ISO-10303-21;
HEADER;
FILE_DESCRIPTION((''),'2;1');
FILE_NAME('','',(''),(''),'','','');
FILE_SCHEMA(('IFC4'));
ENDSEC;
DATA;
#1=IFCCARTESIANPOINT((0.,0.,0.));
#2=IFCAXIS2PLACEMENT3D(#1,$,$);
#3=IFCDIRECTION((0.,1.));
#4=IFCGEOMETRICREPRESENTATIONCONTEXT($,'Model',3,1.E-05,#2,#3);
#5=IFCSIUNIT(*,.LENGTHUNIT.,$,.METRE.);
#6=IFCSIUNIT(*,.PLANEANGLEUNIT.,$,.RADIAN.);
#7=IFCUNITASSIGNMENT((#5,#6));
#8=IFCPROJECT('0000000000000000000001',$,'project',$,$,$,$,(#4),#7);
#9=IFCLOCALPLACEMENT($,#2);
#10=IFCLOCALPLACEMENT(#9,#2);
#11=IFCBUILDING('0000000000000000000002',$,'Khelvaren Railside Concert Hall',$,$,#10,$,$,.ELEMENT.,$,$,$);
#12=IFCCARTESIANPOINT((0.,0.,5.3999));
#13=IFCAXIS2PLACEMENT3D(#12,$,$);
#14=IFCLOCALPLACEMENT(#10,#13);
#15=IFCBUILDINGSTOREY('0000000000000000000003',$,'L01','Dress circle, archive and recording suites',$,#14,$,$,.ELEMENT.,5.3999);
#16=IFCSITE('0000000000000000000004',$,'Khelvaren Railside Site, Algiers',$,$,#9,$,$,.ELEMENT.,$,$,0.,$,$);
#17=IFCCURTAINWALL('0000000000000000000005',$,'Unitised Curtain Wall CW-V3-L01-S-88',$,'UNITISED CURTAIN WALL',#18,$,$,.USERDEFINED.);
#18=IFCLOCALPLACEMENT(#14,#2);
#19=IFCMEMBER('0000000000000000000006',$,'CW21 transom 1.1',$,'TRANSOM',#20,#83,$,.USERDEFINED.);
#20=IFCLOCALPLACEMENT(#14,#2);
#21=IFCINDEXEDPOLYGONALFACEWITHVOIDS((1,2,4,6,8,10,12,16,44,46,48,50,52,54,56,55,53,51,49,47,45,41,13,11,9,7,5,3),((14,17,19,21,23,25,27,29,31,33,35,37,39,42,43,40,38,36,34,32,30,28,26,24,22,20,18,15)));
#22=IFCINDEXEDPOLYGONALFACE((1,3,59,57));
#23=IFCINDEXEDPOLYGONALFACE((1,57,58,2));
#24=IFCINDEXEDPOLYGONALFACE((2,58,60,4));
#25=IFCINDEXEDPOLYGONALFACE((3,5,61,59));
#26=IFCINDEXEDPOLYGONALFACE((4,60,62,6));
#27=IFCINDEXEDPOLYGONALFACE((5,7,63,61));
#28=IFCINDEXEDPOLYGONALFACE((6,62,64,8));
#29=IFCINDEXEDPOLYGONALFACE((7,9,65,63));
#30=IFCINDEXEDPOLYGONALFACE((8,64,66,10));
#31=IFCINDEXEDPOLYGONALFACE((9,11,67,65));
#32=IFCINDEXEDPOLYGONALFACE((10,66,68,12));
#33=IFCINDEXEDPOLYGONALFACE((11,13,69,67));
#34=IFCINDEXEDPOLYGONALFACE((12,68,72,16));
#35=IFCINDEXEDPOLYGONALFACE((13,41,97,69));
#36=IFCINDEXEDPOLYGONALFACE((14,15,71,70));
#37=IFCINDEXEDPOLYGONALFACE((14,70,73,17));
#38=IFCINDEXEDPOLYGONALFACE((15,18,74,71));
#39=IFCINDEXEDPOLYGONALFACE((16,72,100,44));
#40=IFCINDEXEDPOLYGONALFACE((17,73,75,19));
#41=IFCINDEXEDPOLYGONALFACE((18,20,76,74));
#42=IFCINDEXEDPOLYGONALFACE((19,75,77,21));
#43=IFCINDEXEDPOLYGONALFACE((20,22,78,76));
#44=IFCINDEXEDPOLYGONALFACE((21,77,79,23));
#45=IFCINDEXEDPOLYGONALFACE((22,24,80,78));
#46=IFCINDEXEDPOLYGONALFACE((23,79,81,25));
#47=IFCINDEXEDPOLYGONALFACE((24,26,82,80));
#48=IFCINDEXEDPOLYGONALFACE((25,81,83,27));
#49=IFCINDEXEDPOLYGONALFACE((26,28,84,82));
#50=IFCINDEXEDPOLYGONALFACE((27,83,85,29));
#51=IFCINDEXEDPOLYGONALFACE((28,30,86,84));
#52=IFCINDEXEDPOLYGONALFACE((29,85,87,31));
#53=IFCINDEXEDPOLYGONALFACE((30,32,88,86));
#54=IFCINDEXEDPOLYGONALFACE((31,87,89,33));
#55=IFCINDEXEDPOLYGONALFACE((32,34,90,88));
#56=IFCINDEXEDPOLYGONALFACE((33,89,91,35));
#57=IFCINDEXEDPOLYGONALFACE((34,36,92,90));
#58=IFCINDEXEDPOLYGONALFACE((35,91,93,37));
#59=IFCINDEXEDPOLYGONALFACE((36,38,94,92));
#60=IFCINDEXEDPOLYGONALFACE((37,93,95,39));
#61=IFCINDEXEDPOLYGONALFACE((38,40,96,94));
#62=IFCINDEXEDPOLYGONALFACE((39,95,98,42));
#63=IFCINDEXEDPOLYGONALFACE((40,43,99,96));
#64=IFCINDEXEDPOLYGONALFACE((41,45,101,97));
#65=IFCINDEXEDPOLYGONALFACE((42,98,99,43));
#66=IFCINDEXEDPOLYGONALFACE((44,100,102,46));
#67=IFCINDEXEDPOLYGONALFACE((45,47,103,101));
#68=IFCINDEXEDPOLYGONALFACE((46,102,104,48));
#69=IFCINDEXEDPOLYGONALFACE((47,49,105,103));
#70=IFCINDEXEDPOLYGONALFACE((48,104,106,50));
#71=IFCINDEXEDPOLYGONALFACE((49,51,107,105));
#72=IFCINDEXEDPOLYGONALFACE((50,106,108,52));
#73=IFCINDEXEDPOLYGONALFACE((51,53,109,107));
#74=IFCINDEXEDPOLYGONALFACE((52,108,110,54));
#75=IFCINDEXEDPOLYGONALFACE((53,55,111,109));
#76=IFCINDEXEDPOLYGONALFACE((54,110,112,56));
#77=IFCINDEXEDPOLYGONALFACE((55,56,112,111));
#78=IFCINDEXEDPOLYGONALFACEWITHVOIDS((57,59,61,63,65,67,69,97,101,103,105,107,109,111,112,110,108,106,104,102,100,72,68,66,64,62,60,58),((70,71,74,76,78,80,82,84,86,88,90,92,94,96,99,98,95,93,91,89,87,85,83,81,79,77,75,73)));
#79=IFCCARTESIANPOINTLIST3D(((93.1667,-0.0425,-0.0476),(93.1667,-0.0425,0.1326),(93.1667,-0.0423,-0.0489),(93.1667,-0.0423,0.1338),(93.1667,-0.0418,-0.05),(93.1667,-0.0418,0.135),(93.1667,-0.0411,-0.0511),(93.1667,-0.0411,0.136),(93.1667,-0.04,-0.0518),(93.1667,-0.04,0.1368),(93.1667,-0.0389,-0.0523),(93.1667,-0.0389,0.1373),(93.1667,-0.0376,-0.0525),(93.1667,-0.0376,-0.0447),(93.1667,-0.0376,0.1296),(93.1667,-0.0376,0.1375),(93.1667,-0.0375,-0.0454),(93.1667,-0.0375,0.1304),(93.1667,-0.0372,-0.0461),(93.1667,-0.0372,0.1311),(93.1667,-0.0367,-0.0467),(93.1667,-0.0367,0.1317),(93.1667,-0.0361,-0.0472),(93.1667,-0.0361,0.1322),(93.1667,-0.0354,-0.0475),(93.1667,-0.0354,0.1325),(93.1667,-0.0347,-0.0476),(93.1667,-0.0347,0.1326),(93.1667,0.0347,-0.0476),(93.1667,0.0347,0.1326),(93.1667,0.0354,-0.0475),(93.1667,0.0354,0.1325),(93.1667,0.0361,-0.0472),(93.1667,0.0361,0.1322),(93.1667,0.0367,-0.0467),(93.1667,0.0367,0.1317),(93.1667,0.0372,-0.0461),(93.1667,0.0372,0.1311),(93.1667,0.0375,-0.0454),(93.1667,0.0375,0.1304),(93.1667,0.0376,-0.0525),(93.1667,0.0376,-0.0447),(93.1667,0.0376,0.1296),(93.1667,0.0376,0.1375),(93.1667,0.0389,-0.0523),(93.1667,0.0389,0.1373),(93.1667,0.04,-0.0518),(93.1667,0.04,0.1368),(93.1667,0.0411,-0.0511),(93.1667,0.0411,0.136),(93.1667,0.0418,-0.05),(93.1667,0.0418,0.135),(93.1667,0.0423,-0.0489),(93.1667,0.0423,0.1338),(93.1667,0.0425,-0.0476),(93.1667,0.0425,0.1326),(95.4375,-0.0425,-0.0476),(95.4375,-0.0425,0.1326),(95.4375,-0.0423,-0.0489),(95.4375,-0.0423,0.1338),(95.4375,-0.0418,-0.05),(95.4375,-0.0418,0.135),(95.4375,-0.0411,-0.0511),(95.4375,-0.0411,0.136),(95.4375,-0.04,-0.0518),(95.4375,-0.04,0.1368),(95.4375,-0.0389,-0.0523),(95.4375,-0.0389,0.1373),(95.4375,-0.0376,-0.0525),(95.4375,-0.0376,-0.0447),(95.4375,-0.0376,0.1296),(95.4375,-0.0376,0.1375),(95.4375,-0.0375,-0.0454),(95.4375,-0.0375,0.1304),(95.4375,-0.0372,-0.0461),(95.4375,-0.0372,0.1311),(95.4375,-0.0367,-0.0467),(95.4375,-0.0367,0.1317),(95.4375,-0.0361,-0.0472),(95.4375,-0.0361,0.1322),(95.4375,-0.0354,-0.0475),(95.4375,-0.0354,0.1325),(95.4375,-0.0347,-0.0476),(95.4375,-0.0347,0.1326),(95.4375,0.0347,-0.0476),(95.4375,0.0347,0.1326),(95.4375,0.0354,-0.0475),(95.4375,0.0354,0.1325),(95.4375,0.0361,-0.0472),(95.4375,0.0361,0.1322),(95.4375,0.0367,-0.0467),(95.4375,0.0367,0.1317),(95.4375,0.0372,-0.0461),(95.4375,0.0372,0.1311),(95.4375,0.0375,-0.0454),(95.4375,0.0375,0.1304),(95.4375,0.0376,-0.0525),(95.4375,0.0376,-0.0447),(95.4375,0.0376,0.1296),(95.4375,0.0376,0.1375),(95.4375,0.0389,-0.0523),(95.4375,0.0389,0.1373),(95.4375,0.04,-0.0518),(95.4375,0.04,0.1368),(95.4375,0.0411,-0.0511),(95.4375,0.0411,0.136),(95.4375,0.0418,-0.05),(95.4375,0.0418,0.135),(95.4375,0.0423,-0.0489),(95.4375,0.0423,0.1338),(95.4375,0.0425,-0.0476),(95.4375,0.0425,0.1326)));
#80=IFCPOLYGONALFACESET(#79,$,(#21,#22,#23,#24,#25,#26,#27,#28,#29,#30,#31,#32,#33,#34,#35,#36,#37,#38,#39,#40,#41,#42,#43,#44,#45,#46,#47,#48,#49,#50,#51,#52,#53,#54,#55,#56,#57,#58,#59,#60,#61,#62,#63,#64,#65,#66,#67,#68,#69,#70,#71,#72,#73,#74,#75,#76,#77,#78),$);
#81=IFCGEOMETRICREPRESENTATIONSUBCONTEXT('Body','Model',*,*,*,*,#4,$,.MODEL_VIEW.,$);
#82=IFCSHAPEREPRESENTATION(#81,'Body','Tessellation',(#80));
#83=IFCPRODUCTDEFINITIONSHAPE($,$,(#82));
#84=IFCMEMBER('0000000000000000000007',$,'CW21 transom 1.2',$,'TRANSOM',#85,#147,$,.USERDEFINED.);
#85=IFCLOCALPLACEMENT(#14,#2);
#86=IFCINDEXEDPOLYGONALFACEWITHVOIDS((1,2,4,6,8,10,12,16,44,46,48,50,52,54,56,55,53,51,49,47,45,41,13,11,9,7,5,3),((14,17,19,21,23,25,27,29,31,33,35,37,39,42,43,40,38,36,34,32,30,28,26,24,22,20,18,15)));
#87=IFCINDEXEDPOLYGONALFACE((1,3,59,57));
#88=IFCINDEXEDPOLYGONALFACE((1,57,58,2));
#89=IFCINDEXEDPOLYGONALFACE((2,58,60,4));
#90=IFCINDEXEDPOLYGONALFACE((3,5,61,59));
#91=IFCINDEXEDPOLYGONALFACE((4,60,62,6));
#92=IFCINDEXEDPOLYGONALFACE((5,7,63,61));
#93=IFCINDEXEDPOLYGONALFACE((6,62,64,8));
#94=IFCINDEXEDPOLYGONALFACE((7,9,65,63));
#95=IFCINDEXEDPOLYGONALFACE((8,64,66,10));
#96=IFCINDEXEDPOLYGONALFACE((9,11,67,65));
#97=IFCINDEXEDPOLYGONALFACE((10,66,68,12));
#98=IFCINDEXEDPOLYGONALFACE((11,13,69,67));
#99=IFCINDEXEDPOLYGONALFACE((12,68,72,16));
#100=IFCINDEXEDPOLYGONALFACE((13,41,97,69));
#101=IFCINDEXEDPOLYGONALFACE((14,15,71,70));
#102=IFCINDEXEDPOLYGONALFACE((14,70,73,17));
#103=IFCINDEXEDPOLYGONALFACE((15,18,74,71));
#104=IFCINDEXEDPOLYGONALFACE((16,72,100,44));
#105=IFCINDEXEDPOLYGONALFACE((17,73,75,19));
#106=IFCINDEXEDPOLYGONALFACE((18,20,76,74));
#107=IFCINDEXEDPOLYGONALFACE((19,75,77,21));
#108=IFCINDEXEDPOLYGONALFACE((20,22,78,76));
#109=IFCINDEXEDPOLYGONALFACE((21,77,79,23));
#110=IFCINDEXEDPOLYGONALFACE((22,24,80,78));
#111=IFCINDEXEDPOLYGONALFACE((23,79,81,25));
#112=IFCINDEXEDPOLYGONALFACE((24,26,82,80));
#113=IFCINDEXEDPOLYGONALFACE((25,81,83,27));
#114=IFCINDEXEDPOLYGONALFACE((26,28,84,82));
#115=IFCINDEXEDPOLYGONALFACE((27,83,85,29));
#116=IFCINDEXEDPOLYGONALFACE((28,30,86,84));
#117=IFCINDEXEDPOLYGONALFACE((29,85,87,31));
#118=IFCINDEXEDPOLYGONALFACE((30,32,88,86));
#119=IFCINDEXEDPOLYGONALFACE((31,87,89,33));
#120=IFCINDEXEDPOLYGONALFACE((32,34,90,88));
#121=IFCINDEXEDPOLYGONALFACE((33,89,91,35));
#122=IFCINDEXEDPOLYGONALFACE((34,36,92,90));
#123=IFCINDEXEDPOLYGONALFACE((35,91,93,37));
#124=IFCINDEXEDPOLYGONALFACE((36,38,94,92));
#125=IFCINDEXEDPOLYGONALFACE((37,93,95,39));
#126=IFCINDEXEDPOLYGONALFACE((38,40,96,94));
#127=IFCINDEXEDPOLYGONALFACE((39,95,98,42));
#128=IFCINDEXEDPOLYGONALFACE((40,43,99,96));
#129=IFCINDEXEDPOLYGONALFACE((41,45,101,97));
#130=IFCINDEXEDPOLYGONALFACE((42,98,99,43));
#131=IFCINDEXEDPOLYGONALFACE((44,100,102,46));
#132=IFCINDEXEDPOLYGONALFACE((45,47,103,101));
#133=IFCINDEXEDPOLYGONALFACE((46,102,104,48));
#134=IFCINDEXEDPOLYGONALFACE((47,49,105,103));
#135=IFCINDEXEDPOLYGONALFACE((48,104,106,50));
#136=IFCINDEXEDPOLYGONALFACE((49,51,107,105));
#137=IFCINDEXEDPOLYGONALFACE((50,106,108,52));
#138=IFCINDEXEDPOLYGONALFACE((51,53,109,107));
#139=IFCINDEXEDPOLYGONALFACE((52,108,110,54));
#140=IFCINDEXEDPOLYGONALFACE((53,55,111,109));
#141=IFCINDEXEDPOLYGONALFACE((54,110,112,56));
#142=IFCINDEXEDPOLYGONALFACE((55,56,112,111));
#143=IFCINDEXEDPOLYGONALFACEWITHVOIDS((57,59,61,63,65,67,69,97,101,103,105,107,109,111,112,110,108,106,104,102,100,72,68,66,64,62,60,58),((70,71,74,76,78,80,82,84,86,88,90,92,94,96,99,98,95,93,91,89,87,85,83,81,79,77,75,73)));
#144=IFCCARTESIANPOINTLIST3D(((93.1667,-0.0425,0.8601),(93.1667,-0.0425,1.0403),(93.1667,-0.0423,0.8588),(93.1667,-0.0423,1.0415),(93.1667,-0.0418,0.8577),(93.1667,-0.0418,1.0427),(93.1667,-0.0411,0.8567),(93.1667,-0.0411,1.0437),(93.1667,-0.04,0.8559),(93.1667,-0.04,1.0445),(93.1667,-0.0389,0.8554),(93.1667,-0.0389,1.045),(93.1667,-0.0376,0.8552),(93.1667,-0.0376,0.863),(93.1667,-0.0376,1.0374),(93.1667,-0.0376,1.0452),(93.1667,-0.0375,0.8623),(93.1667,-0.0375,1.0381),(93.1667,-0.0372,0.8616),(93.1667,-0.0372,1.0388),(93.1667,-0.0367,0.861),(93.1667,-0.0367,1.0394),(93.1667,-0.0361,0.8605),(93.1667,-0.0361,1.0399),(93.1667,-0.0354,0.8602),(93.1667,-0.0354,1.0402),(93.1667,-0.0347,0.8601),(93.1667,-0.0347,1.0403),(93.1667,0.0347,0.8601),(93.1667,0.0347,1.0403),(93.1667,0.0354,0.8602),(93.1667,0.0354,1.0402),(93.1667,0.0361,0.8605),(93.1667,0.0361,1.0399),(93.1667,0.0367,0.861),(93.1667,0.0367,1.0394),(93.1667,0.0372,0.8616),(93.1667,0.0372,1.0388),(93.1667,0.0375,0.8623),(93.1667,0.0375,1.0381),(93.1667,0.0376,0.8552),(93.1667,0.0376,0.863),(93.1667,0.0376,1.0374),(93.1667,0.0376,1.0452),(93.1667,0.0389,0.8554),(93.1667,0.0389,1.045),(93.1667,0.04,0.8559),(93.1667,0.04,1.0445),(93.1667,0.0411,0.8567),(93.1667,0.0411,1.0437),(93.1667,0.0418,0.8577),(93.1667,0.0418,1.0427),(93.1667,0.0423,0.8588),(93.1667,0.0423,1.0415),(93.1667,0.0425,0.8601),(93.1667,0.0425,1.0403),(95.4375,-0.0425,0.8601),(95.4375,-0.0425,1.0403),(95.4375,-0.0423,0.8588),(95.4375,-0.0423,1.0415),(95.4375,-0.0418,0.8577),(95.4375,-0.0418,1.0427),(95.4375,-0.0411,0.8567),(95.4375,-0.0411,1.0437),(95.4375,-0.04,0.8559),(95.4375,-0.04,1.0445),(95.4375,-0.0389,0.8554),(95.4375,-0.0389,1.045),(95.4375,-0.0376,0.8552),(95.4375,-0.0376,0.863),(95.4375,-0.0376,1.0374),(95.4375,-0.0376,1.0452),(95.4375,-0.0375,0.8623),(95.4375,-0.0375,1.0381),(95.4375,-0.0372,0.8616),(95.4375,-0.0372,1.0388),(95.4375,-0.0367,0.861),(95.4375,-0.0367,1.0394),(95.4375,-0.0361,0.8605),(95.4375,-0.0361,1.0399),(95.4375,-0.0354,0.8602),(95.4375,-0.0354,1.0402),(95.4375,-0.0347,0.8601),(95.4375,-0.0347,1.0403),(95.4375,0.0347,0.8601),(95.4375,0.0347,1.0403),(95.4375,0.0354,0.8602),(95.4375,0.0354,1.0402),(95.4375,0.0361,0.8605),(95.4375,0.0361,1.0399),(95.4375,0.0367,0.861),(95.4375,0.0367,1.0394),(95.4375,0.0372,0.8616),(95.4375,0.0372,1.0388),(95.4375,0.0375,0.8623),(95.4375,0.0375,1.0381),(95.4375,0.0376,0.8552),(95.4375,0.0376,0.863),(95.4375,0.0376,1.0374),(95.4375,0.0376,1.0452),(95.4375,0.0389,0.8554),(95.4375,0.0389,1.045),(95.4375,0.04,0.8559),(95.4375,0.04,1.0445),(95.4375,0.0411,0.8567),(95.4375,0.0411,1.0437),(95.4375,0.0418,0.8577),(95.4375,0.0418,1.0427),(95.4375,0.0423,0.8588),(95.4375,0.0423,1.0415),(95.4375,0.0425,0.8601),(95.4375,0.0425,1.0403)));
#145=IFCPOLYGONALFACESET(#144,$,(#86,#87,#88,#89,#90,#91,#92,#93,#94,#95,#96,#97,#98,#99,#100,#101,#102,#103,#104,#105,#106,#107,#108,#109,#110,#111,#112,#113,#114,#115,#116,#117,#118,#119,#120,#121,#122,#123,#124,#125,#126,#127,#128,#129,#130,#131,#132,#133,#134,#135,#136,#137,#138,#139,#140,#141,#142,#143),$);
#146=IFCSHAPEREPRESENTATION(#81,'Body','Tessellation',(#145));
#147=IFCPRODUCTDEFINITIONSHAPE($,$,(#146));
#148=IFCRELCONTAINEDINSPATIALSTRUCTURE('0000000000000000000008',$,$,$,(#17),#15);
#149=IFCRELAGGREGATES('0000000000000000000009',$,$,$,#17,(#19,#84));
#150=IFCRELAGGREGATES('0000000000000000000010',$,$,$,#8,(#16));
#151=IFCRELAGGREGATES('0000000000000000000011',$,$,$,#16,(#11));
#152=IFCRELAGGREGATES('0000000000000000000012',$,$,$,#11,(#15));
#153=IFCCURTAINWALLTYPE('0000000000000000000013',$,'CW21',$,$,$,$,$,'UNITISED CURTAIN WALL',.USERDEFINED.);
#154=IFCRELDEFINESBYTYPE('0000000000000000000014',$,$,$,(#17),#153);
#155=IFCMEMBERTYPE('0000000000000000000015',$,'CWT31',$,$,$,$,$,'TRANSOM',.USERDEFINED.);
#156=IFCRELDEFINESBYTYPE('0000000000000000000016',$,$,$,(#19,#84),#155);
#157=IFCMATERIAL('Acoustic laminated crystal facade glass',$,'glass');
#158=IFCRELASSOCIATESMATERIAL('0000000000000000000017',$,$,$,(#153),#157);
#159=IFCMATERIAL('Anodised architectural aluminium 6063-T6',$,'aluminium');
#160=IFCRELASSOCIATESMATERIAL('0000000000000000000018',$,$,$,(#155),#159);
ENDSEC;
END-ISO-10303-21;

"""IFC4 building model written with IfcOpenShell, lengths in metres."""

from ifc_helpers import new_model, si_unit, direction, frame, origin, origin_2d, place, context, subcontext, project, spatial, hollow_rectangle, extrude, material, material_profile, profile_set, type_object, element, aggregate, save


model = new_model("IFC4")

# Units and contexts
model_context = context("Model", 3, precision=1e-05, world=origin(), true_north=direction((0.0, 1.0)))
body_context = subcontext(model_context, "Body", "Model", "MODEL_VIEW")
ifc_project = project(units=[si_unit("LENGTHUNIT", "METRE"), si_unit("PLANEANGLEUNIT", "RADIAN")], contexts=[model_context])

# Site, building, storey
site_placement = place(None, origin())
site = spatial("IfcSite", under=ifc_project, at=site_placement, Name="Khelvaren Railside Site, Algiers", CompositionType="ELEMENT", RefElevation=0.0)
building_placement = place(site_placement, origin())
building = spatial("IfcBuilding", under=site, at=building_placement, Name="Khelvaren Railside Concert Hall", CompositionType="ELEMENT")
storey_placement = place(building_placement, frame((0.0, 0.0, 5.3999)))
storey = spatial("IfcBuildingStorey", under=building, at=storey_placement, Name="L01", Description="Dress circle, archive and recording suites", CompositionType="ELEMENT", Elevation=5.3999)

# Curtain wall
ifc_material_1 = material(Name="Acoustic laminated crystal facade glass", Category="glass")
curtain_wall_type_1 = type_object("IfcCurtainWallType", Name="CW21", ElementType="UNITISED CURTAIN WALL", PredefinedType="USERDEFINED", material=ifc_material_1)
curtain_wall_1_placement = place(storey_placement, origin())
curtain_wall_1 = element("IfcCurtainWall", 1, at=curtain_wall_1_placement, inside=storey, type_object=curtain_wall_type_1, Name="Unitised Curtain Wall CW-V3-L01-S-88", ObjectType="UNITISED CURTAIN WALL", PredefinedType="USERDEFINED")
ifc_material_2 = material(Name="Anodised architectural aluminium 6063-T6", Category="aluminium")

# Members
ifc_material_profile_1 = material_profile(ifc_material_2, hollow_rectangle(XDim=0.085, YDim=0.1899, WallThickness=0.0049, InnerFilletRadius=0.0029, OuterFilletRadius=0.0049, at=origin_2d()), Name="CWT 85x190x5")
ifc_profile_set_1 = profile_set([ifc_material_profile_1], Name="Anodised architectural aluminium 6063-T6")
member_type_1 = type_object("IfcMemberType", Name="CWT31", ElementType="TRANSOM", PredefinedType="USERDEFINED", material=ifc_profile_set_1)
member_1_placement = place(storey_placement, frame((95.4375, 0.0, 0.0425), z_axis=(-1.0, 0.0, 0.0), x_axis=(0.0, -1.0, 0.0)))
member_1 = element("IfcMember", 2, at=member_1_placement, type_object=member_type_1, Name="CW21 transom 1.1", ObjectType="TRANSOM", PredefinedType="USERDEFINED", context=body_context, shape_type="SweptSolid", body=[
    extrude(hollow_rectangle(XDim=0.085, YDim=0.1899, WallThickness=0.0049, InnerFilletRadius=0.0029, OuterFilletRadius=0.0049, at=origin_2d()), origin(), (0.0, 0.0, 1.0), 2.2708),
])
member_2_placement = place(storey_placement, frame((95.4375, 0.0, 0.9502), z_axis=(-1.0, 0.0, 0.0), x_axis=(0.0, -1.0, 0.0)))
member_2 = element("IfcMember", 3, at=member_2_placement, type_object=member_type_1, Name="CW21 transom 1.2", ObjectType="TRANSOM", PredefinedType="USERDEFINED", context=body_context, shape_type="SweptSolid", body=[
    extrude(hollow_rectangle(XDim=0.085, YDim=0.1899, WallThickness=0.0049, InnerFilletRadius=0.0029, OuterFilletRadius=0.0049, at=origin_2d()), origin(), (0.0, 0.0, 1.0), 2.2708),
])

aggregate(curtain_wall_1, [member_1, member_2])

save(model, "model.ifc")
